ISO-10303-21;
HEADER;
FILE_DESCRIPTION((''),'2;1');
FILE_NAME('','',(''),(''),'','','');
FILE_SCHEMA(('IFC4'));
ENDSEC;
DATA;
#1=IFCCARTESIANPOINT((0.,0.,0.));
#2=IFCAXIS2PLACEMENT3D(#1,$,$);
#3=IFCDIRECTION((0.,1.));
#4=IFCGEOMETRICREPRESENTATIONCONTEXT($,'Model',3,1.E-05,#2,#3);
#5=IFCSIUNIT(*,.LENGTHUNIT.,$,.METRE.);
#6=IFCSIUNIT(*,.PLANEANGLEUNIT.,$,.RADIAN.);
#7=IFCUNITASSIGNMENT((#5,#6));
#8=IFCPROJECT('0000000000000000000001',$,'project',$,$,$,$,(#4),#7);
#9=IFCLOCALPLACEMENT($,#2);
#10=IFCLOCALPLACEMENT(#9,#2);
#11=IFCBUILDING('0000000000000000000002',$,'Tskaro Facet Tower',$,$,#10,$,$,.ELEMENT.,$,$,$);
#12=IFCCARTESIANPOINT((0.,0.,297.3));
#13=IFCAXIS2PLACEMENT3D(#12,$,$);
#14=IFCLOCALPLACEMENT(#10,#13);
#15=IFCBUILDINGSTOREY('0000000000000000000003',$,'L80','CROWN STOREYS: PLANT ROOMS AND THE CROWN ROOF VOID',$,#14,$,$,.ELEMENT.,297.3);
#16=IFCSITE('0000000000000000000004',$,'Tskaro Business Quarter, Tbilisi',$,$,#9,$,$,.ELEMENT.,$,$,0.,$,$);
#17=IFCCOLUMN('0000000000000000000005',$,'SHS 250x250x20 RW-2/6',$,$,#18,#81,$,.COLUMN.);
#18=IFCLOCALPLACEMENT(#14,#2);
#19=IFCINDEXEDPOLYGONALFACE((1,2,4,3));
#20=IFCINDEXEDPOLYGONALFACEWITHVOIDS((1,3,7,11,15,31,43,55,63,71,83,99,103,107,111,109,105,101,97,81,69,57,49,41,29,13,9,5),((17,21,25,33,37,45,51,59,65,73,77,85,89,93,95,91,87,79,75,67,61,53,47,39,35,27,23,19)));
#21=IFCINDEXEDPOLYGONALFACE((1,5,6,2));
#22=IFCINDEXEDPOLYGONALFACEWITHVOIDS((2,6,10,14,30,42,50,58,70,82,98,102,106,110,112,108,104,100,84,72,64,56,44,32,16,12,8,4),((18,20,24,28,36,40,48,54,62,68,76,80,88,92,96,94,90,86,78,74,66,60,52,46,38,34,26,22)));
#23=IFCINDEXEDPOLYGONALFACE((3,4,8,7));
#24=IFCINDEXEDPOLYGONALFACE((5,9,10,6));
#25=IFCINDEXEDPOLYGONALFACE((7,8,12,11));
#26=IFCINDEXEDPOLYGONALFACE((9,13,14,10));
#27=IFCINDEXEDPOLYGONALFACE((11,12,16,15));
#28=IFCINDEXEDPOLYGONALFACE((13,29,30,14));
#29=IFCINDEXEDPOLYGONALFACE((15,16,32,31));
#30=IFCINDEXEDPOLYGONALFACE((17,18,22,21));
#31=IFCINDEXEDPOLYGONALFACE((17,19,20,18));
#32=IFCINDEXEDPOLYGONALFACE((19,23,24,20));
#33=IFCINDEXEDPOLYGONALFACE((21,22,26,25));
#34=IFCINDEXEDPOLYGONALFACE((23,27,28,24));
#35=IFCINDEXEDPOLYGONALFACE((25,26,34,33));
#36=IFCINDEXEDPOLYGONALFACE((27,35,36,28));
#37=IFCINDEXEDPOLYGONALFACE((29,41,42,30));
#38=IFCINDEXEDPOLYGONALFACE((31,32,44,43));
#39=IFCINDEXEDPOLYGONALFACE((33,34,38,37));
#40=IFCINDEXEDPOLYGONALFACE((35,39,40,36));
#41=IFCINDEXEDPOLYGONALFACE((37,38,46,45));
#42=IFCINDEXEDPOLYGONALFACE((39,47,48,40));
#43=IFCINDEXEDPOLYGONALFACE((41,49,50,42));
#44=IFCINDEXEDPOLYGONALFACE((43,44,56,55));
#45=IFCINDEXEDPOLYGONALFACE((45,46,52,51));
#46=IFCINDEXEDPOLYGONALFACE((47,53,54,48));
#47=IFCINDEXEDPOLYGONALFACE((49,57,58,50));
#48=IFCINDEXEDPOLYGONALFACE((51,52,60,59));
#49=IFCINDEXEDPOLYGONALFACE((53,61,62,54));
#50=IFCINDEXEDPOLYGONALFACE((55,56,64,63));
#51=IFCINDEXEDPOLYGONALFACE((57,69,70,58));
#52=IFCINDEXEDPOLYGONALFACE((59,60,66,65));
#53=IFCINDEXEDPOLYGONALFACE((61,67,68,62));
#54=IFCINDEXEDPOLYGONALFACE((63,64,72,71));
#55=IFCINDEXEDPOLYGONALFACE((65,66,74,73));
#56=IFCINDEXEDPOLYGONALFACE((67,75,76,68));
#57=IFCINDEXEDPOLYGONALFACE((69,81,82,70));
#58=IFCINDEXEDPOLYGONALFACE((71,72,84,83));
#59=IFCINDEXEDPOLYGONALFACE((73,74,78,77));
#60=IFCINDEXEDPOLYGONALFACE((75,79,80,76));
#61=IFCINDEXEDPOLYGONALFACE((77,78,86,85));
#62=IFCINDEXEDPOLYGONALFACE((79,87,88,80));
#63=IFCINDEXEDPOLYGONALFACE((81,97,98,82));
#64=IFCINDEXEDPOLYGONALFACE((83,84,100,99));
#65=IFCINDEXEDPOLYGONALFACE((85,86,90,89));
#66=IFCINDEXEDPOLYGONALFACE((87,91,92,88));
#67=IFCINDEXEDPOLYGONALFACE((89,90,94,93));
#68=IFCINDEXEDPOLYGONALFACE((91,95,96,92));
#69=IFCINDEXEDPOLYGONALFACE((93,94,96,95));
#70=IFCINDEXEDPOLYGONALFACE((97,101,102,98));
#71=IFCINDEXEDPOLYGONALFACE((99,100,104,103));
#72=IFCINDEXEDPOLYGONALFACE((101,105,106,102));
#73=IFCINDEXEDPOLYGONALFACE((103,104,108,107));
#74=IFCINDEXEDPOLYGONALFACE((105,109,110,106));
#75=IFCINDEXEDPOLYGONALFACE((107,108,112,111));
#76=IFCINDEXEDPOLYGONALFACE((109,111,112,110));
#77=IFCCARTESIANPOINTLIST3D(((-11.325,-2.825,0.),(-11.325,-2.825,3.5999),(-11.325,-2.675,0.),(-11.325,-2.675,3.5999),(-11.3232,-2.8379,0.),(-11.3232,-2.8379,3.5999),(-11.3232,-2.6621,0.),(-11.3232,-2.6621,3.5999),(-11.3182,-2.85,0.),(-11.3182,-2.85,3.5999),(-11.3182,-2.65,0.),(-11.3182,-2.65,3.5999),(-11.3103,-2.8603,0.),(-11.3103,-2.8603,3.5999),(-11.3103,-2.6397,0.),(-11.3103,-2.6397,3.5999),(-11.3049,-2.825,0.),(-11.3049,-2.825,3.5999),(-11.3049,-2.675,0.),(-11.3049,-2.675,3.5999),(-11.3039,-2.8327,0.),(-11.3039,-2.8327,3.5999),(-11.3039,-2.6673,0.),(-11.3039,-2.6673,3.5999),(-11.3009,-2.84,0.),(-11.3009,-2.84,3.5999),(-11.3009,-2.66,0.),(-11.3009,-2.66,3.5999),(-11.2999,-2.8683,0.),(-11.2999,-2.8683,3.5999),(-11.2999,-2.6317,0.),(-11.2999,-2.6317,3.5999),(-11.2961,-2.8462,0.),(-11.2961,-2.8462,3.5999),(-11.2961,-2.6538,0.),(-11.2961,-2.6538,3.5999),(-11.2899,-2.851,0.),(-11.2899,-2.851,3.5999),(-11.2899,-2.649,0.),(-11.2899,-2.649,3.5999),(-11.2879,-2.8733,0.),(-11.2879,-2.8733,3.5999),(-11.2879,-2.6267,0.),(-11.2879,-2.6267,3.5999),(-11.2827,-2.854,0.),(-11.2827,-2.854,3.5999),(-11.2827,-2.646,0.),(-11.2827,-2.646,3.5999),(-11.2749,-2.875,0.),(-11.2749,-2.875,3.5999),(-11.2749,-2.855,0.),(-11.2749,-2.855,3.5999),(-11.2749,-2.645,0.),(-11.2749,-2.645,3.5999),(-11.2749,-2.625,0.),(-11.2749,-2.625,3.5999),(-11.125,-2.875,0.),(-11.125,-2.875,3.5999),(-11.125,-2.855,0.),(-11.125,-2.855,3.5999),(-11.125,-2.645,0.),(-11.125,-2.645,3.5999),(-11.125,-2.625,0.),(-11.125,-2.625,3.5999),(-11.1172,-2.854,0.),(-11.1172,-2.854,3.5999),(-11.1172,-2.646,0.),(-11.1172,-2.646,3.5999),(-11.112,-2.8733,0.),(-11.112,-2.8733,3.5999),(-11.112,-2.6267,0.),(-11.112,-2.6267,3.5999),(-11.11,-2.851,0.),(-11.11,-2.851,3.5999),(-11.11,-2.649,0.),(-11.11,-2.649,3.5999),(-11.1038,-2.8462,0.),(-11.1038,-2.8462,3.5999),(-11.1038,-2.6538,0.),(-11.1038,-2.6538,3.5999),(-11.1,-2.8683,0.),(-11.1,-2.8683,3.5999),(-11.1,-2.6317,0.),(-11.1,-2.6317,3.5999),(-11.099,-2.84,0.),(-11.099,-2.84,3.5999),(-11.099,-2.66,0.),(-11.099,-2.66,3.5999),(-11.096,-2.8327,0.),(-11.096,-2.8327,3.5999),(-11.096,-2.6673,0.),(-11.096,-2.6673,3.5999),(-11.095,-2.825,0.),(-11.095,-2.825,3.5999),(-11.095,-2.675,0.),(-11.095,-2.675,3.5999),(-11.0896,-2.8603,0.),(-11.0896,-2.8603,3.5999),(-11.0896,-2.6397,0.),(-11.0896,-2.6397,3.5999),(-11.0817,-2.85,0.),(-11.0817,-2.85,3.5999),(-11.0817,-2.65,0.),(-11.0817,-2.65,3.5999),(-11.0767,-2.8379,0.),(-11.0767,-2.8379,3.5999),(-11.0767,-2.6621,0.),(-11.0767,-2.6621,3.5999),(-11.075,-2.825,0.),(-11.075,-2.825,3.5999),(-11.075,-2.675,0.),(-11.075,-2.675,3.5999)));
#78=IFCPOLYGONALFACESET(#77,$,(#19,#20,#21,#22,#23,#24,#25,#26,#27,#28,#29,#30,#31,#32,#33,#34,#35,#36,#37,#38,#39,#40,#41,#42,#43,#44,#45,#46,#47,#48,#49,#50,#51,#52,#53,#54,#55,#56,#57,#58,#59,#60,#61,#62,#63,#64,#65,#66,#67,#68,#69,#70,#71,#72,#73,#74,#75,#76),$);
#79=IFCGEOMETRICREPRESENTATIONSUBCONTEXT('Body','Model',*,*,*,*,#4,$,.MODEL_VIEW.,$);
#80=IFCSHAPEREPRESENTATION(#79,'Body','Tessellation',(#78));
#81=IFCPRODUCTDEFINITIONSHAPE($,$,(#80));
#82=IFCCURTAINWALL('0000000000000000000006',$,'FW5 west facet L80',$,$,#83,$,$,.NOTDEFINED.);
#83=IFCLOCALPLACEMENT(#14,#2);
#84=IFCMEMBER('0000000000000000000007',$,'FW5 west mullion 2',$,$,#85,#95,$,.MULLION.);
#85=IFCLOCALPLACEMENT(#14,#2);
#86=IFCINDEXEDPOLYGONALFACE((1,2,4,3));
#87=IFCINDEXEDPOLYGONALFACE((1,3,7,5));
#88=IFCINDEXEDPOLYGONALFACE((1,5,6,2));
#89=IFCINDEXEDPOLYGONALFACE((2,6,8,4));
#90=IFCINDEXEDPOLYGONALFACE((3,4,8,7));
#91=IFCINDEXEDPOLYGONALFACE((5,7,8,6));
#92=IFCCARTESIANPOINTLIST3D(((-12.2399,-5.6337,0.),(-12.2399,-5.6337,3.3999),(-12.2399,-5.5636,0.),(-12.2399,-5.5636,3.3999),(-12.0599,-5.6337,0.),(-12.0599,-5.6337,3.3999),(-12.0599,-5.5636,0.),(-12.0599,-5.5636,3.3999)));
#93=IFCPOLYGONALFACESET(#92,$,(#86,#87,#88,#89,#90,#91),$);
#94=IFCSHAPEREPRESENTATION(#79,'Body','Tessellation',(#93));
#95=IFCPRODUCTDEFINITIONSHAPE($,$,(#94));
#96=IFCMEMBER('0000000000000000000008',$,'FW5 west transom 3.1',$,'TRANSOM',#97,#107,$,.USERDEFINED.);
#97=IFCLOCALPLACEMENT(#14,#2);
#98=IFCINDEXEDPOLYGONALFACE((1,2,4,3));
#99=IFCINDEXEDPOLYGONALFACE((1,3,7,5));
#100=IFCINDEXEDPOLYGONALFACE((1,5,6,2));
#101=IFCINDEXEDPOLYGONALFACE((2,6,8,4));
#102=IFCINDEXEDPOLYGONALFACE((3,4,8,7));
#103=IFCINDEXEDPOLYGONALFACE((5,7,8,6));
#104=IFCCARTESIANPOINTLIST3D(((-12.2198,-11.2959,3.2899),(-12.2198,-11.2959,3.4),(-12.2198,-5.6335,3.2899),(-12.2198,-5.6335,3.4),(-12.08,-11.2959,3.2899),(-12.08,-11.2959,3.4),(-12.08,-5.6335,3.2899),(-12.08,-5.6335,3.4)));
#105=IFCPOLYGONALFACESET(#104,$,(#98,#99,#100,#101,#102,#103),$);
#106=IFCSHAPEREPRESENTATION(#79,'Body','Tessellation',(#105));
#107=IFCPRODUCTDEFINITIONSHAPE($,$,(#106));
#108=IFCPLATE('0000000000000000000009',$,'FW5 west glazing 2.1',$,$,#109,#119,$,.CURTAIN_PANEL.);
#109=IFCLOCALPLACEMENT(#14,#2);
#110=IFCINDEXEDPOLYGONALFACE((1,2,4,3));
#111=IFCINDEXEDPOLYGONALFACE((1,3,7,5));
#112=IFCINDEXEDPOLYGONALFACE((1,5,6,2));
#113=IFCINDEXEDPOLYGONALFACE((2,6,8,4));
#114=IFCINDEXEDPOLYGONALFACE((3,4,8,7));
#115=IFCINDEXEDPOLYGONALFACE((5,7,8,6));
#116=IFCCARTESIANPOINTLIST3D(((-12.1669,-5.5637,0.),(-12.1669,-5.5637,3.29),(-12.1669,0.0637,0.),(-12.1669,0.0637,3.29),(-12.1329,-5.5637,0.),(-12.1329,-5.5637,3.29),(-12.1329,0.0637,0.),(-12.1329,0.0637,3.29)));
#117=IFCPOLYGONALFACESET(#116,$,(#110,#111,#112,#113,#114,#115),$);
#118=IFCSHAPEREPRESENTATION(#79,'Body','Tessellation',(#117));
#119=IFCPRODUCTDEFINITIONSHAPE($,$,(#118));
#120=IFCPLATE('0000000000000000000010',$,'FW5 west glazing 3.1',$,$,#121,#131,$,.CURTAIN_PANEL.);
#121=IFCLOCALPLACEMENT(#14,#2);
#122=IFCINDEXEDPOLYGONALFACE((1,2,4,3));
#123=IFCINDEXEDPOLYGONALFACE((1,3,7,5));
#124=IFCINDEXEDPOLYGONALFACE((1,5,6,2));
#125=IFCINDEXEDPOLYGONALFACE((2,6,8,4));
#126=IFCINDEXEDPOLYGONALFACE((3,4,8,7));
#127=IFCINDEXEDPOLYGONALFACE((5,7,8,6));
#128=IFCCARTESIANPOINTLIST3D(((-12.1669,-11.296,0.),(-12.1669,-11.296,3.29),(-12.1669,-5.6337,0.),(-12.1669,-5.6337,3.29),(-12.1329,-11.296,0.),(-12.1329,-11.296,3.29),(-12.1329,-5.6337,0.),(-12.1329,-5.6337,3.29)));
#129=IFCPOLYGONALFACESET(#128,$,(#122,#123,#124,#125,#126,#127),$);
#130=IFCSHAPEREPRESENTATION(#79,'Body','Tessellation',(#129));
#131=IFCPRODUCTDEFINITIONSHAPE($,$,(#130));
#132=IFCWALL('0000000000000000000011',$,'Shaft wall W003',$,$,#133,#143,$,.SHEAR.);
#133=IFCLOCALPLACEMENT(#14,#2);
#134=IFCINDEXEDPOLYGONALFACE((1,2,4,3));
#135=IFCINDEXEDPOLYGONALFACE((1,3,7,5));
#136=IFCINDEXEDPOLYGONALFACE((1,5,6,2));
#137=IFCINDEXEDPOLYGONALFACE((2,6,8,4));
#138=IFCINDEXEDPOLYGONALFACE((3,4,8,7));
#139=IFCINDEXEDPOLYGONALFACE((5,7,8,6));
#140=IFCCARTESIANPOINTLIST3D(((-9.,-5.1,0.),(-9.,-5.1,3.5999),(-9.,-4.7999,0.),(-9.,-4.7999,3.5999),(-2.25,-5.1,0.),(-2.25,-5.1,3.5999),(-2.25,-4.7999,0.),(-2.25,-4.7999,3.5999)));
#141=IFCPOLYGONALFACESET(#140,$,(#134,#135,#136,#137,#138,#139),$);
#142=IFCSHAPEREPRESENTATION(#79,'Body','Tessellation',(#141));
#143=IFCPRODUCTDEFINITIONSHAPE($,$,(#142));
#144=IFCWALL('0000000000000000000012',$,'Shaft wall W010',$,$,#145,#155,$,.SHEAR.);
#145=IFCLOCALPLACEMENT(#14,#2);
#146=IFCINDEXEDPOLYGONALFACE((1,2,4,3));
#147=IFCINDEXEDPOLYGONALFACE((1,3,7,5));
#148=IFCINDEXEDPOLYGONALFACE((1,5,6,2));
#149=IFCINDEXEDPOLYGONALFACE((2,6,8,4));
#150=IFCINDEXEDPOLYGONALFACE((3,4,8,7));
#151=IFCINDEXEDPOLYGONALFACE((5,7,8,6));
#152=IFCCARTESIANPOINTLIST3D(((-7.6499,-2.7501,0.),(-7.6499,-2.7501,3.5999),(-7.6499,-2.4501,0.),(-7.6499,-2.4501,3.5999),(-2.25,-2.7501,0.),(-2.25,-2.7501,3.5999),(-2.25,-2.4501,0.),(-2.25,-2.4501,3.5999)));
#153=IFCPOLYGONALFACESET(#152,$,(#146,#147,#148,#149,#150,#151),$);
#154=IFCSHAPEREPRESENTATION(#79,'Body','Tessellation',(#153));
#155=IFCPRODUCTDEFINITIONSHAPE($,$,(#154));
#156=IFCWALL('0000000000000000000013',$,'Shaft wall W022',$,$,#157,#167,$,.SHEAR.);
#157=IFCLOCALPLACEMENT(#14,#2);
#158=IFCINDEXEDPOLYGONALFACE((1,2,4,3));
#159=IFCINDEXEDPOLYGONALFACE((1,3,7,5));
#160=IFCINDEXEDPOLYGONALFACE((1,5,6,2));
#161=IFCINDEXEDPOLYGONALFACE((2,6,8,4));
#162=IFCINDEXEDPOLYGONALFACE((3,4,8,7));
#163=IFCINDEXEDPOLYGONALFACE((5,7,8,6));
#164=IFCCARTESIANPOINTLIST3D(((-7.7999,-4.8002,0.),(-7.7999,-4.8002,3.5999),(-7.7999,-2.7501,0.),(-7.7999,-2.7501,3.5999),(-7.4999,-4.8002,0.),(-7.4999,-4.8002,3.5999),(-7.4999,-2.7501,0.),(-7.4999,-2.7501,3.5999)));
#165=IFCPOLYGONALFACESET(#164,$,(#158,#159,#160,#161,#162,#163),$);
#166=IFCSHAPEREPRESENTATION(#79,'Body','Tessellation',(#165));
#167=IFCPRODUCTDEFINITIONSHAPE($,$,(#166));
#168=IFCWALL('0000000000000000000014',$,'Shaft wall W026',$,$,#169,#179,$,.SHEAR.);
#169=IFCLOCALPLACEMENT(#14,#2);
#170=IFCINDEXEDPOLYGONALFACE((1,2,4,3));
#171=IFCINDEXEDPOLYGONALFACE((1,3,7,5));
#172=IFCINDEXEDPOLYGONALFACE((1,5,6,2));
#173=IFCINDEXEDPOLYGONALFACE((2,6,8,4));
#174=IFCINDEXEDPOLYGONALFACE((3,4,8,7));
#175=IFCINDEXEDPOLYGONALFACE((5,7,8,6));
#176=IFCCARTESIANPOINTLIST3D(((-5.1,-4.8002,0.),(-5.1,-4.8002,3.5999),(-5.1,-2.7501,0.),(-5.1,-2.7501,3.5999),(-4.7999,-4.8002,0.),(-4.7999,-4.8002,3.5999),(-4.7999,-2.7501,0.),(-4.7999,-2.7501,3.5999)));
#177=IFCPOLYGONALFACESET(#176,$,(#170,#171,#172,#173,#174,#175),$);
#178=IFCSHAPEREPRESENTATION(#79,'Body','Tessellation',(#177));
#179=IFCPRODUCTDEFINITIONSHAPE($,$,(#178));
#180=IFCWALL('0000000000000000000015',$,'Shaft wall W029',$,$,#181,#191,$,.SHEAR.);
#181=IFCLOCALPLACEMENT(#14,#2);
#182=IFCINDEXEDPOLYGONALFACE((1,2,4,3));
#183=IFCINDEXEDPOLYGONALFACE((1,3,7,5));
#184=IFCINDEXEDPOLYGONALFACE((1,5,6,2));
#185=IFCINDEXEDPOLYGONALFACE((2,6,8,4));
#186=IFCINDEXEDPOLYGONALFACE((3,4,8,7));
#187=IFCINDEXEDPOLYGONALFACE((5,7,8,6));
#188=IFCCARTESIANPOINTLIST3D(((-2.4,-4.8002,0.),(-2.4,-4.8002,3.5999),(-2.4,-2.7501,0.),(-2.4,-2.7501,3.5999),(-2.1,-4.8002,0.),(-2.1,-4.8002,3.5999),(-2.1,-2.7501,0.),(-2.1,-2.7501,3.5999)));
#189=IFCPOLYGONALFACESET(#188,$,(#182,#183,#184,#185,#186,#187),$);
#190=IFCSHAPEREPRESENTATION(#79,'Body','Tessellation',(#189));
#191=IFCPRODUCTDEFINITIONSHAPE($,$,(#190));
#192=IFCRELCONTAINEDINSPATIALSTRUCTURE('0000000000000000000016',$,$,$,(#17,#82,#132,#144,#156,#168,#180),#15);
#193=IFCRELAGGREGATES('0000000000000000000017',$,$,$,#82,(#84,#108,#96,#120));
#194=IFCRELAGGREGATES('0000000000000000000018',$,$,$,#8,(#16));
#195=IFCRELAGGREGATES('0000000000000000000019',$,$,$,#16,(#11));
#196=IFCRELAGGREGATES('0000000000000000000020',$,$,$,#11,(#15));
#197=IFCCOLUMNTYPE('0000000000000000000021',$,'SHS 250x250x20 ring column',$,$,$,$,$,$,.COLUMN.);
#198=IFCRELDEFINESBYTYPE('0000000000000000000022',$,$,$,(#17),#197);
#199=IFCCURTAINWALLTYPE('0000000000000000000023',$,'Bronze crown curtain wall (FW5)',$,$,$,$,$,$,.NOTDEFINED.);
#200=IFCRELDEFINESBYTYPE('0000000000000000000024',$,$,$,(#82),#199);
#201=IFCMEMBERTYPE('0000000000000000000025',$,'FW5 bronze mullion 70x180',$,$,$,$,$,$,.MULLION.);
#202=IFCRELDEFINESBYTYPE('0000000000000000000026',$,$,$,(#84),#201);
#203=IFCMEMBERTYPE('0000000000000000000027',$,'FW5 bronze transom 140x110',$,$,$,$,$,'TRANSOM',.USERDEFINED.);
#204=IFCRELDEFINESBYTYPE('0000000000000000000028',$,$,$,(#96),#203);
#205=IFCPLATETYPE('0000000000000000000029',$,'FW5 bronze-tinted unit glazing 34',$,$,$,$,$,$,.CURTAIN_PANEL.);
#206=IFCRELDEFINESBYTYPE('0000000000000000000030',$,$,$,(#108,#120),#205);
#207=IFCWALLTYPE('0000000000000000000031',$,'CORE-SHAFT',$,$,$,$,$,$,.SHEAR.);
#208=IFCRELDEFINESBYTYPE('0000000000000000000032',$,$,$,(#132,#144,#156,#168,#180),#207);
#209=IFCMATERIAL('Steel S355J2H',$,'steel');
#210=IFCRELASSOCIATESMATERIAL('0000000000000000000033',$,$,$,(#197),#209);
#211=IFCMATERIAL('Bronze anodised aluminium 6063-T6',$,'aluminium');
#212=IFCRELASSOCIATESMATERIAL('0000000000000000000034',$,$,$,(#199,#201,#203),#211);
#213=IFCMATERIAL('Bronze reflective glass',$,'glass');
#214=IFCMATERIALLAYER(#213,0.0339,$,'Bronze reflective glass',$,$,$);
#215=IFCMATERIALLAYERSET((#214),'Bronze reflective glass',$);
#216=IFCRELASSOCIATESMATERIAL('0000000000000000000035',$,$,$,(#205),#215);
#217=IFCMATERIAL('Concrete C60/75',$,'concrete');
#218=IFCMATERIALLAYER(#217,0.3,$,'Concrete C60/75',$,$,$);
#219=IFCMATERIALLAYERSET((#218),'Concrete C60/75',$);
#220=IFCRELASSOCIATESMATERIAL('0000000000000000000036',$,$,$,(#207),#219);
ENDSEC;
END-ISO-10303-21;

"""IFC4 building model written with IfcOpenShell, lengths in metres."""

from ifc_helpers import new_model, si_unit, direction, frame, frame_2d, origin, origin_2d, place, context, subcontext, project, spatial, rectangle, hollow_rectangle, extrude, material, layer, layer_set, material_profile, profile_set, type_object, element, aggregate, save


model = new_model("IFC4")

# Units and contexts
model_context = context("Model", 3, precision=1e-05, world=origin(), true_north=direction((0.0, 1.0)))
body_context = subcontext(model_context, "Body", "Model", "MODEL_VIEW")
ifc_project = project(units=[si_unit("LENGTHUNIT", "METRE"), si_unit("PLANEANGLEUNIT", "RADIAN")], contexts=[model_context])

# Site, building, storey
site_placement = place(None, origin())
site = spatial("IfcSite", under=ifc_project, at=site_placement, Name="Tskaro Business Quarter, Tbilisi", CompositionType="ELEMENT", RefElevation=0.0)
building_placement = place(site_placement, origin())
building = spatial("IfcBuilding", under=site, at=building_placement, Name="Tskaro Facet Tower", CompositionType="ELEMENT")
storey_placement = place(building_placement, frame((0.0, 0.0, 297.3)))
storey = spatial("IfcBuildingStorey", under=building, at=storey_placement, Name="L80", Description="CROWN STOREYS: PLANT ROOMS AND THE CROWN ROOF VOID", CompositionType="ELEMENT", Elevation=297.3)

# Column
ifc_material_1 = material(Name="Steel S355J2H", Category="steel")
ifc_material_profile_1 = material_profile(ifc_material_1, hollow_rectangle(XDim=0.25, YDim=0.25, WallThickness=0.02, InnerFilletRadius=0.03, OuterFilletRadius=0.05, at=origin_2d()), Name="SHS 250x250x20")
ifc_profile_set_1 = profile_set([ifc_material_profile_1], Name="Steel S355J2H")
column_type = type_object("IfcColumnType", Name="SHS 250x250x20 ring column", PredefinedType="COLUMN", material=ifc_profile_set_1)
column_placement = place(storey_placement, frame((-11.2, -2.75, 0.0), z_axis=(0.0, 0.0, 1.0), x_axis=(1.0, 0.0, 0.0)))
element("IfcColumn", 1, at=column_placement, inside=storey, type_object=column_type, Name="SHS 250x250x20 RW-2/6", PredefinedType="COLUMN", context=body_context, shape_type="SweptSolid", body=[
    extrude(hollow_rectangle(XDim=0.25, YDim=0.25, WallThickness=0.02, InnerFilletRadius=0.03, OuterFilletRadius=0.05, at=origin_2d()), origin(), (0.0, 0.0, 1.0), 3.5999),
])

# Curtain wall, members, plates
ifc_material_2 = material(Name="Bronze anodised aluminium 6063-T6", Category="aluminium")
curtain_wall_type = type_object("IfcCurtainWallType", Name="Bronze crown curtain wall (FW5)", PredefinedType="NOTDEFINED", material=ifc_material_2)
curtain_wall_placement = place(storey_placement, origin())
curtain_wall = element("IfcCurtainWall", 2, at=curtain_wall_placement, inside=storey, type_object=curtain_wall_type, Name="FW5 west facet L80", PredefinedType="NOTDEFINED")
ifc_material_profile_2 = material_profile(ifc_material_2, rectangle(XDim=0.0701, YDim=0.1799, at=origin_2d()), Name="Mullion 70x180")
ifc_profile_set_2 = profile_set([ifc_material_profile_2], Name="Bronze anodised aluminium 6063-T6")
member_type_1 = type_object("IfcMemberType", Name="FW5 bronze mullion 70x180", PredefinedType="MULLION", material=ifc_profile_set_2)
member_1_placement = place(storey_placement, frame((-12.1499, -5.5986, 0.0), z_axis=(0.0, 0.0, 1.0), x_axis=(0.0, -1.0, 0.0)))
member_1 = element("IfcMember", 3, at=member_1_placement, type_object=member_type_1, Name="FW5 west mullion 2", PredefinedType="MULLION", context=body_context, shape_type="SweptSolid", body=[
    extrude(rectangle(XDim=0.0701, YDim=0.1799, at=origin_2d()), origin(), (0.0, 0.0, 1.0), 3.3999),
])
ifc_material_profile_3 = material_profile(ifc_material_2, rectangle(XDim=0.1399, YDim=0.1101, at=origin_2d()), Name="Transom 140x110")
ifc_profile_set_3 = profile_set([ifc_material_profile_3], Name="Bronze anodised aluminium 6063-T6")
member_type_2 = type_object("IfcMemberType", Name="FW5 bronze transom 140x110", ElementType="TRANSOM", PredefinedType="USERDEFINED", material=ifc_profile_set_3)
member_2_placement = place(storey_placement, frame((-12.1499, -5.6335, 3.345), z_axis=(0.0, -1.0, 0.0), x_axis=(1.0, 0.0, 0.0)))
member_2 = element("IfcMember", 4, at=member_2_placement, type_object=member_type_2, Name="FW5 west transom 3.1", ObjectType="TRANSOM", PredefinedType="USERDEFINED", context=body_context, shape_type="SweptSolid", body=[
    extrude(rectangle(XDim=0.1399, YDim=0.1101, at=origin_2d()), origin(), (0.0, 0.0, 1.0), 5.6624),
])
ifc_material_3 = material(Name="Bronze reflective glass", Category="glass")
ifc_layer_1 = layer(ifc_material_3, 0.0339, Name="Bronze reflective glass")
ifc_layer_set_1 = layer_set([ifc_layer_1], Name="Bronze reflective glass")
plate_type = type_object("IfcPlateType", Name="FW5 bronze-tinted unit glazing 34", PredefinedType="CURTAIN_PANEL", material=ifc_layer_set_1)
plate_1_placement = place(storey_placement, frame((-12.1499, -2.75, 0.0), z_axis=(0.0, 0.0, 1.0), x_axis=(0.0, -1.0, 0.0)))
plate_1 = element("IfcPlate", 5, at=plate_1_placement, type_object=plate_type, Name="FW5 west glazing 2.1", PredefinedType="CURTAIN_PANEL", context=body_context, shape_type="SweptSolid", body=[
    extrude(rectangle(XDim=5.6274, YDim=0.0339, at=origin_2d()), origin(), (0.0, 0.0, 1.0), 3.29),
])
plate_2_placement = place(storey_placement, frame((-12.1499, -8.4648, 0.0), z_axis=(0.0, 0.0, 1.0), x_axis=(0.0, -1.0, 0.0)))
plate_2 = element("IfcPlate", 6, at=plate_2_placement, type_object=plate_type, Name="FW5 west glazing 3.1", PredefinedType="CURTAIN_PANEL", context=body_context, shape_type="SweptSolid", body=[
    extrude(rectangle(XDim=5.6624, YDim=0.0339, at=origin_2d()), origin(), (0.0, 0.0, 1.0), 3.29),
])
aggregate(curtain_wall, [member_1, plate_1, member_2, plate_2])

# Walls
ifc_material_4 = material(Name="Concrete C60/75", Category="concrete")
ifc_layer_2 = layer(ifc_material_4, 0.3, Name="Concrete C60/75")
ifc_layer_set_2 = layer_set([ifc_layer_2], Name="Concrete C60/75")
wall_type_1 = type_object("IfcWallType", Name="CORE-SHAFT", PredefinedType="SHEAR", material=ifc_layer_set_2)
wall_1_placement = place(storey_placement, frame((-9.0, -4.95, 0.0), z_axis=(0.0, 0.0, 1.0), x_axis=(1.0, 0.0, 0.0)))
element("IfcWall", 7, at=wall_1_placement, inside=storey, type_object=wall_type_1, Name="Shaft wall W003", PredefinedType="SHEAR", context=body_context, shape_type="SweptSolid", body=[
    extrude(rectangle(XDim=6.75, YDim=0.3, at=frame_2d((3.375, 0.0))), origin(), (0.0, 0.0, 1.0), 3.5999),
])
wall_2_placement = place(storey_placement, frame((-7.6499, -2.6001, 0.0), z_axis=(0.0, 0.0, 1.0), x_axis=(1.0, 0.0, 0.0)))
element("IfcWall", 8, at=wall_2_placement, inside=storey, type_object=wall_type_1, Name="Shaft wall W010", PredefinedType="SHEAR", context=body_context, shape_type="SweptSolid", body=[
    extrude(rectangle(XDim=5.3999, YDim=0.3, at=frame_2d((2.7, 0.0))), origin(), (0.0, 0.0, 1.0), 3.5999),
])
for number, where, z_axis, x_axis, name in (
    (9, (-7.6499, -4.8, 0.0), (0.0, 0.0, 1.0), (0.0, 1.0, 0.0), "Shaft wall W022"),
    (10, (-4.95, -4.8, 0.0), (0.0, 0.0, 1.0), (0.0, 1.0, 0.0), "Shaft wall W026"),
    (11, (-2.25, -4.8, 0.0), (0.0, 0.0, 1.0), (0.0, 1.0, 0.0), "Shaft wall W029"),
):
    element("IfcWall", number, at=place(storey_placement, frame(where, z_axis=z_axis, x_axis=x_axis)), inside=storey, type_object=wall_type_1, Name=name, PredefinedType="SHEAR", context=body_context, shape_type="SweptSolid", body=[
        extrude(rectangle(XDim=2.05, YDim=0.3, at=frame_2d((1.0249, 0.0))), origin(), (0.0, 0.0, 1.0), 3.5999),
    ])

save(model, "model.ifc")
